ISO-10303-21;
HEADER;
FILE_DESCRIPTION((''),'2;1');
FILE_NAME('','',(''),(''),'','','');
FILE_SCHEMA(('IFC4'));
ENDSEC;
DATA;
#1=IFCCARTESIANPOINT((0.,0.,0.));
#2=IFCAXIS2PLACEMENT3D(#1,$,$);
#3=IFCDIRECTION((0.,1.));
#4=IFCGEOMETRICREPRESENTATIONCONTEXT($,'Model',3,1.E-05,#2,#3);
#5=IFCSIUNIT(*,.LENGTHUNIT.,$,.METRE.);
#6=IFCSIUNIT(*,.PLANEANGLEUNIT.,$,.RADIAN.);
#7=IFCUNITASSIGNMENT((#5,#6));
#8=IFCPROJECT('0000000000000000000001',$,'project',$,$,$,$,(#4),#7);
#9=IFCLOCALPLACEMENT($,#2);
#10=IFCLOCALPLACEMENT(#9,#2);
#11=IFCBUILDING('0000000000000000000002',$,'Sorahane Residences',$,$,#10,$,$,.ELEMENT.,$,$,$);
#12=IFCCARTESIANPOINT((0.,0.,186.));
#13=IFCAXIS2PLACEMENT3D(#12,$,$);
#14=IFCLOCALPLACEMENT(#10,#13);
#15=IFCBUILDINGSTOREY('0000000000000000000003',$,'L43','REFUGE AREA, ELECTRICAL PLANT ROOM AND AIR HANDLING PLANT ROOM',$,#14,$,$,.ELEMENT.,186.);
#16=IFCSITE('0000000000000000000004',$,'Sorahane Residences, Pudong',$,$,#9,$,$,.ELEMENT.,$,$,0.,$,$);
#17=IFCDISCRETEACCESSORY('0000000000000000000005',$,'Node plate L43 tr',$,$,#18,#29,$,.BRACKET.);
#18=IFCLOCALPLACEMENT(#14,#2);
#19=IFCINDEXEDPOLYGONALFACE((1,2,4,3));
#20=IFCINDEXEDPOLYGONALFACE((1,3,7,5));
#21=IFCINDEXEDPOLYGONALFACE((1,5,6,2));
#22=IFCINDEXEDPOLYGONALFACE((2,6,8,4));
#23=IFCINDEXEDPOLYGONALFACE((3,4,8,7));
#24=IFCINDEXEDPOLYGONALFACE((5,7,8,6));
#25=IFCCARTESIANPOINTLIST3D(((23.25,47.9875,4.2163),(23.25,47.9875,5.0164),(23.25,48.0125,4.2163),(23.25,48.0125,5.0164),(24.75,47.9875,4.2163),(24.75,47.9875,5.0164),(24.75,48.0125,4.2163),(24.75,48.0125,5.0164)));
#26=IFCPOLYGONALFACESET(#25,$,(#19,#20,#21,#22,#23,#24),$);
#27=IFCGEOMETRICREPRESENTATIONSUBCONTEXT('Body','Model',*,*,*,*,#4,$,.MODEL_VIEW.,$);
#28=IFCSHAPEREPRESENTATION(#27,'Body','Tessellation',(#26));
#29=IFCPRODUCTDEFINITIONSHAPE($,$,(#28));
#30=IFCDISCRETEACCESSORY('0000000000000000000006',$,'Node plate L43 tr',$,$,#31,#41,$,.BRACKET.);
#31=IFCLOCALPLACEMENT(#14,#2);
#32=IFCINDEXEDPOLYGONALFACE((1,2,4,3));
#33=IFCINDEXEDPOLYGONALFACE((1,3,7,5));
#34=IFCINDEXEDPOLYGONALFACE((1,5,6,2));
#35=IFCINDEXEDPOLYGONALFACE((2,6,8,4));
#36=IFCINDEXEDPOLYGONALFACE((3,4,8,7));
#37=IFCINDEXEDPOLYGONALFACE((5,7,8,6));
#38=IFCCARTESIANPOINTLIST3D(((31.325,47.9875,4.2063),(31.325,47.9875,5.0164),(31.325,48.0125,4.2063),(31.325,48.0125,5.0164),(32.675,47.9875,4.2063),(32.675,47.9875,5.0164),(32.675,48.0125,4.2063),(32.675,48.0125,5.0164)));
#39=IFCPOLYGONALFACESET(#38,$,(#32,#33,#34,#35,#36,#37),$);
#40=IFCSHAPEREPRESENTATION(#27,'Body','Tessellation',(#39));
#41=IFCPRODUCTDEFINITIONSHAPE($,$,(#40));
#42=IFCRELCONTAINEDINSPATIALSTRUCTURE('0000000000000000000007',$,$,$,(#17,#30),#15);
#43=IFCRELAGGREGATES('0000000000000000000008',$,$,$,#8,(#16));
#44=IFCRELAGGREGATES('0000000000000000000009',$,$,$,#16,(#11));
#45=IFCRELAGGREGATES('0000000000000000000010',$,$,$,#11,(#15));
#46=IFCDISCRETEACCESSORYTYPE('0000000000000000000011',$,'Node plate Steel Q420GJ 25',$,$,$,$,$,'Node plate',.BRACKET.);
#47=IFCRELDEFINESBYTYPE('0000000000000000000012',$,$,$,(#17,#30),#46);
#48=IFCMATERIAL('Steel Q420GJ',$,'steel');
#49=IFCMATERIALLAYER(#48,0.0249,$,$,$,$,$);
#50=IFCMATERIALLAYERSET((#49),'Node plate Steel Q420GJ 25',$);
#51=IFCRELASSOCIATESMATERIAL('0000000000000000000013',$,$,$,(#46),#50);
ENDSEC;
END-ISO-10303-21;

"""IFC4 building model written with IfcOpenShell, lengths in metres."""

from ifc_helpers import new_model, si_unit, direction, frame, origin, origin_2d, place, context, subcontext, project, spatial, rectangle, extrude, material, layer, layer_set, type_object, element, save


model = new_model("IFC4")

# Units and contexts
model_context = context("Model", 3, precision=1e-05, world=origin(), true_north=direction((0.0, 1.0)))
body_context = subcontext(model_context, "Body", "Model", "MODEL_VIEW")
ifc_project = project(units=[si_unit("LENGTHUNIT", "METRE"), si_unit("PLANEANGLEUNIT", "RADIAN")], contexts=[model_context])

# Site, building, storey
site_placement = place(None, origin())
site = spatial("IfcSite", under=ifc_project, at=site_placement, Name="Sorahane Residences, Pudong", CompositionType="ELEMENT", RefElevation=0.0)
building_placement = place(site_placement, origin())
building = spatial("IfcBuilding", under=site, at=building_placement, Name="Sorahane Residences", CompositionType="ELEMENT")
storey_placement = place(building_placement, frame((0.0, 0.0, 186.0)))
storey = spatial("IfcBuildingStorey", under=building, at=storey_placement, Name="L43", Description="REFUGE AREA, ELECTRICAL PLANT ROOM AND AIR HANDLING PLANT ROOM", CompositionType="ELEMENT", Elevation=186.0)

# Discrete accessories
ifc_material_1 = material(Name="Steel Q420GJ", Category="steel")
ifc_layer_1 = layer(ifc_material_1, 0.0249)
ifc_layer_set_1 = layer_set([ifc_layer_1], Name="Node plate Steel Q420GJ 25")
discrete_accessory_type_1 = type_object("IfcDiscreteAccessoryType", Name="Node plate Steel Q420GJ 25", ElementType="Node plate", PredefinedType="BRACKET", material=ifc_layer_set_1)
discrete_accessory_1_placement = place(storey_placement, frame((24.0, 48.0, 4.2163), z_axis=(0.0, 0.0, 1.0), x_axis=(1.0, 0.0, 0.0)))
element("IfcDiscreteAccessory", 1, at=discrete_accessory_1_placement, inside=storey, type_object=discrete_accessory_type_1, Name="Node plate L43 tr", PredefinedType="BRACKET", context=body_context, shape_type="SweptSolid", body=[
    extrude(rectangle(XDim=1.5, YDim=0.0249, at=origin_2d()), origin(), (0.0, 0.0, 1.0), 0.8),
])
discrete_accessory_2_placement = place(storey_placement, frame((32.0, 48.0, 4.2063), z_axis=(0.0, 0.0, 1.0), x_axis=(1.0, 0.0, 0.0)))
element("IfcDiscreteAccessory", 2, at=discrete_accessory_2_placement, inside=storey, type_object=discrete_accessory_type_1, Name="Node plate L43 tr", PredefinedType="BRACKET", context=body_context, shape_type="SweptSolid", body=[
    extrude(rectangle(XDim=1.3501, YDim=0.0249, at=origin_2d()), origin(), (0.0, 0.0, 1.0), 0.8101),
])

save(model, "model.ifc")
